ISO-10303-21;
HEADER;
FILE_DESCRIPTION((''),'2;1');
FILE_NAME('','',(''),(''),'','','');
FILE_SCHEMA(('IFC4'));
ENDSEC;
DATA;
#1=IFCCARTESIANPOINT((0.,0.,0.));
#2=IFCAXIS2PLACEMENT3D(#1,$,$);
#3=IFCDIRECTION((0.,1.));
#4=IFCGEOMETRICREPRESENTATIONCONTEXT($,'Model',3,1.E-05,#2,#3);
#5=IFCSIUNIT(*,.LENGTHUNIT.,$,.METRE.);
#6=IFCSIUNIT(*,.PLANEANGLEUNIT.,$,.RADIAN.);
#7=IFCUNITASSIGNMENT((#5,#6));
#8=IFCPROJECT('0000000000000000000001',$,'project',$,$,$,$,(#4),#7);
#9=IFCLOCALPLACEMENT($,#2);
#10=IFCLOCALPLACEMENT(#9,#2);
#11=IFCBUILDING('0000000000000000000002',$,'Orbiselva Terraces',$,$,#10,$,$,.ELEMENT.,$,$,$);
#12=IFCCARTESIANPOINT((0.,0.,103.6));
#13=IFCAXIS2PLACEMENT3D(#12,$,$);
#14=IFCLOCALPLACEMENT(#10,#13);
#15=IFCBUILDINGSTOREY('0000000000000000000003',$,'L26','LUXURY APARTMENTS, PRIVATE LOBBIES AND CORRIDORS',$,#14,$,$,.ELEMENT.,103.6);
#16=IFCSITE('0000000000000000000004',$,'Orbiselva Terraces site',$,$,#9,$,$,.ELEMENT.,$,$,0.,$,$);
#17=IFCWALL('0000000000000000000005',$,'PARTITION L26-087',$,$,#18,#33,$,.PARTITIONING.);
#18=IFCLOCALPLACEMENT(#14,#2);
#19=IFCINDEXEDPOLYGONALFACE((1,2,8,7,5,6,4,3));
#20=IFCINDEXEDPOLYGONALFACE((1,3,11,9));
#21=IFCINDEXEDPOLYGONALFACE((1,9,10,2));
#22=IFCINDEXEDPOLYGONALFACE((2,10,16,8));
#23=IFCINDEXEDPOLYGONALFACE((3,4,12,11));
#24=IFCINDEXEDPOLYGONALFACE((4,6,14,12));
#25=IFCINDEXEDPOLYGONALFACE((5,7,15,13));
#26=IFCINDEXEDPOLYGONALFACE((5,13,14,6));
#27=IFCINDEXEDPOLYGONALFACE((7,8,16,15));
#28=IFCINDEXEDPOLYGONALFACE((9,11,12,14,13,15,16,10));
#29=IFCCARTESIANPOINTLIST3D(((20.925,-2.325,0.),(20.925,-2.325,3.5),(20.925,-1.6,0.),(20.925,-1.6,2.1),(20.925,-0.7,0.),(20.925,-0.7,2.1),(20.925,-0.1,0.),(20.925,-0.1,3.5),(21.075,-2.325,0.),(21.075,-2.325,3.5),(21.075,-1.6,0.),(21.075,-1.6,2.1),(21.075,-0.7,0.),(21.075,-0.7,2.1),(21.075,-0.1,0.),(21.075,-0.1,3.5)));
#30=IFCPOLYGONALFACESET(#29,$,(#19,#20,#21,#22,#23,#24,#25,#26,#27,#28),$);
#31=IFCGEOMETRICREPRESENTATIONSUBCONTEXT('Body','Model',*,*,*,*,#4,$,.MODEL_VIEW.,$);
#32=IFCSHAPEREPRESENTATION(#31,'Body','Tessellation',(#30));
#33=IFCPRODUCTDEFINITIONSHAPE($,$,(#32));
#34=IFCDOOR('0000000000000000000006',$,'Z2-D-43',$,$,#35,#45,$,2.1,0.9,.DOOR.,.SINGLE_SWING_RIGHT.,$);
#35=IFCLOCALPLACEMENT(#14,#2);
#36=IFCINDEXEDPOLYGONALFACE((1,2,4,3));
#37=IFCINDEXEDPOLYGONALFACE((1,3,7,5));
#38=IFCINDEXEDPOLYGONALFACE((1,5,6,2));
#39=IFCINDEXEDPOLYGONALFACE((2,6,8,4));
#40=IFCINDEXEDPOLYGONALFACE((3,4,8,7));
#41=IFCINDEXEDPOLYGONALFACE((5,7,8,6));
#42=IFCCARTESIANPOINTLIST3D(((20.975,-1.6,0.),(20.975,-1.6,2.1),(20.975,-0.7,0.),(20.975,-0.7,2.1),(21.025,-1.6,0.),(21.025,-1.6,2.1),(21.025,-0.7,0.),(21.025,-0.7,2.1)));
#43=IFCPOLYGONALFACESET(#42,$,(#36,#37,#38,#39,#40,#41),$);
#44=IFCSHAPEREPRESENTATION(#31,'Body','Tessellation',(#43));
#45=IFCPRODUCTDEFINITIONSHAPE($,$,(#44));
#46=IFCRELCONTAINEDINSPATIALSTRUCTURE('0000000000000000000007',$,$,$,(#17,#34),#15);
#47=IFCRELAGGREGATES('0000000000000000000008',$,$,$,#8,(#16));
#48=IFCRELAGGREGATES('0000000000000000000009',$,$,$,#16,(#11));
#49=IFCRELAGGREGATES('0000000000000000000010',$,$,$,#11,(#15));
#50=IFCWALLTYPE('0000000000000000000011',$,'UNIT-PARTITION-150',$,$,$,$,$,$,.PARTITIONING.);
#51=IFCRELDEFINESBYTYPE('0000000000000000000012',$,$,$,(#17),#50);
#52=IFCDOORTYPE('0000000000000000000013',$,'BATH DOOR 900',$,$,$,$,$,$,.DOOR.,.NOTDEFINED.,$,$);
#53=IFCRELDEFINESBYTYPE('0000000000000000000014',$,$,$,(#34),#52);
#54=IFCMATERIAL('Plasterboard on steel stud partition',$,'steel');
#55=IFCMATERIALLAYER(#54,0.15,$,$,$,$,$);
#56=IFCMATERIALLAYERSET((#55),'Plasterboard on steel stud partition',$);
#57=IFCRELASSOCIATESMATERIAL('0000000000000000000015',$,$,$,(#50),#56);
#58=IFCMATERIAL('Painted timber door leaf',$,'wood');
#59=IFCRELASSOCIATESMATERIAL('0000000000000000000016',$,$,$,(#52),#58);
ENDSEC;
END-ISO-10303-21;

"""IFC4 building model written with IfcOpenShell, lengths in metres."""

from ifc_helpers import new_model, si_unit, direction, frame, frame_2d, origin, place, context, subcontext, project, spatial, rectangle, extrude, material, layer, layer_set, type_object, element, fill, save


model = new_model("IFC4")

# Units and contexts
model_context = context("Model", 3, precision=1e-05, world=origin(), true_north=direction((0.0, 1.0)))
body_context = subcontext(model_context, "Body", "Model", "MODEL_VIEW")
ifc_project = project(units=[si_unit("LENGTHUNIT", "METRE"), si_unit("PLANEANGLEUNIT", "RADIAN")], contexts=[model_context])

# Site, building, storey
site_placement = place(None, origin())
site = spatial("IfcSite", under=ifc_project, at=site_placement, Name="Orbiselva Terraces site", CompositionType="ELEMENT", RefElevation=0.0)
building_placement = place(site_placement, origin())
building = spatial("IfcBuilding", under=site, at=building_placement, Name="Orbiselva Terraces", CompositionType="ELEMENT")
storey_placement = place(building_placement, frame((0.0, 0.0, 103.6)))
storey = spatial("IfcBuildingStorey", under=building, at=storey_placement, Name="L26", Description="LUXURY APARTMENTS, PRIVATE LOBBIES AND CORRIDORS", CompositionType="ELEMENT", Elevation=103.6)

# Shared definitions
ifc_material_1 = material(Name="Plasterboard on steel stud partition", Category="steel")
ifc_layer_1 = layer(ifc_material_1, 0.15)
ifc_layer_set_1 = layer_set([ifc_layer_1], Name="Plasterboard on steel stud partition")
wall_type_1 = type_object("IfcWallType", Name="UNIT-PARTITION-150", PredefinedType="PARTITIONING", material=ifc_layer_set_1)

# Shared definitions
ifc_material_2 = material(Name="Painted timber door leaf", Category="wood")

# Shared definitions
door_type_1 = type_object("IfcDoorType", Name="BATH DOOR 900", OperationType="NOTDEFINED", PredefinedType="DOOR", material=ifc_material_2)

# Wall, opening, door
wall_1_placement = place(storey_placement, frame((21.0, -2.325, 0.0), z_axis=(0.0, 0.0, 1.0), x_axis=(0.0, 1.0, 0.0)))
wall_1 = element("IfcWall", 1, at=wall_1_placement, inside=storey, type_object=wall_type_1, Name="PARTITION L26-087", PredefinedType="PARTITIONING", context=body_context, shape_type="SweptSolid", body=[
    extrude(rectangle(XDim=2.225, YDim=0.15, at=frame_2d((1.1125, 0.0))), origin(), (0.0, 0.0, 1.0), 3.5),
])
opening_1_placement = place(wall_1_placement, frame((0.725, 0.0, 0.0)))
opening_1 = element("IfcOpeningElement", 2, at=opening_1_placement, cuts=wall_1, PredefinedType="OPENING", context=body_context, shape_type="SweptSolid", body=[
    extrude(rectangle(XDim=0.9, YDim=2.1, at=frame_2d((0.45, 1.05))), frame((0.0, 0.085, 0.0), z_axis=(0.0, -1.0, 0.0), x_axis=(1.0, 0.0, 0.0)), (0.0, 0.0, 1.0), 0.17),
])
door_1_placement = place(opening_1_placement, origin())
door_1 = element("IfcDoor", 3, at=door_1_placement, inside=storey, type_object=door_type_1, Name="Z2-D-43", OperationType="SINGLE_SWING_RIGHT", OverallHeight=2.1, OverallWidth=0.9, PredefinedType="DOOR", context=body_context, shape_type="SweptSolid", body=[
    extrude(rectangle(XDim=0.9, YDim=2.1, at=frame_2d((0.45, 1.05))), frame((0.0, 0.025, 0.0), z_axis=(0.0, -1.0, 0.0), x_axis=(1.0, 0.0, 0.0)), (0.0, 0.0, 1.0), 0.05),
])
fill(opening_1, door_1)

save(model, "model.ifc")
